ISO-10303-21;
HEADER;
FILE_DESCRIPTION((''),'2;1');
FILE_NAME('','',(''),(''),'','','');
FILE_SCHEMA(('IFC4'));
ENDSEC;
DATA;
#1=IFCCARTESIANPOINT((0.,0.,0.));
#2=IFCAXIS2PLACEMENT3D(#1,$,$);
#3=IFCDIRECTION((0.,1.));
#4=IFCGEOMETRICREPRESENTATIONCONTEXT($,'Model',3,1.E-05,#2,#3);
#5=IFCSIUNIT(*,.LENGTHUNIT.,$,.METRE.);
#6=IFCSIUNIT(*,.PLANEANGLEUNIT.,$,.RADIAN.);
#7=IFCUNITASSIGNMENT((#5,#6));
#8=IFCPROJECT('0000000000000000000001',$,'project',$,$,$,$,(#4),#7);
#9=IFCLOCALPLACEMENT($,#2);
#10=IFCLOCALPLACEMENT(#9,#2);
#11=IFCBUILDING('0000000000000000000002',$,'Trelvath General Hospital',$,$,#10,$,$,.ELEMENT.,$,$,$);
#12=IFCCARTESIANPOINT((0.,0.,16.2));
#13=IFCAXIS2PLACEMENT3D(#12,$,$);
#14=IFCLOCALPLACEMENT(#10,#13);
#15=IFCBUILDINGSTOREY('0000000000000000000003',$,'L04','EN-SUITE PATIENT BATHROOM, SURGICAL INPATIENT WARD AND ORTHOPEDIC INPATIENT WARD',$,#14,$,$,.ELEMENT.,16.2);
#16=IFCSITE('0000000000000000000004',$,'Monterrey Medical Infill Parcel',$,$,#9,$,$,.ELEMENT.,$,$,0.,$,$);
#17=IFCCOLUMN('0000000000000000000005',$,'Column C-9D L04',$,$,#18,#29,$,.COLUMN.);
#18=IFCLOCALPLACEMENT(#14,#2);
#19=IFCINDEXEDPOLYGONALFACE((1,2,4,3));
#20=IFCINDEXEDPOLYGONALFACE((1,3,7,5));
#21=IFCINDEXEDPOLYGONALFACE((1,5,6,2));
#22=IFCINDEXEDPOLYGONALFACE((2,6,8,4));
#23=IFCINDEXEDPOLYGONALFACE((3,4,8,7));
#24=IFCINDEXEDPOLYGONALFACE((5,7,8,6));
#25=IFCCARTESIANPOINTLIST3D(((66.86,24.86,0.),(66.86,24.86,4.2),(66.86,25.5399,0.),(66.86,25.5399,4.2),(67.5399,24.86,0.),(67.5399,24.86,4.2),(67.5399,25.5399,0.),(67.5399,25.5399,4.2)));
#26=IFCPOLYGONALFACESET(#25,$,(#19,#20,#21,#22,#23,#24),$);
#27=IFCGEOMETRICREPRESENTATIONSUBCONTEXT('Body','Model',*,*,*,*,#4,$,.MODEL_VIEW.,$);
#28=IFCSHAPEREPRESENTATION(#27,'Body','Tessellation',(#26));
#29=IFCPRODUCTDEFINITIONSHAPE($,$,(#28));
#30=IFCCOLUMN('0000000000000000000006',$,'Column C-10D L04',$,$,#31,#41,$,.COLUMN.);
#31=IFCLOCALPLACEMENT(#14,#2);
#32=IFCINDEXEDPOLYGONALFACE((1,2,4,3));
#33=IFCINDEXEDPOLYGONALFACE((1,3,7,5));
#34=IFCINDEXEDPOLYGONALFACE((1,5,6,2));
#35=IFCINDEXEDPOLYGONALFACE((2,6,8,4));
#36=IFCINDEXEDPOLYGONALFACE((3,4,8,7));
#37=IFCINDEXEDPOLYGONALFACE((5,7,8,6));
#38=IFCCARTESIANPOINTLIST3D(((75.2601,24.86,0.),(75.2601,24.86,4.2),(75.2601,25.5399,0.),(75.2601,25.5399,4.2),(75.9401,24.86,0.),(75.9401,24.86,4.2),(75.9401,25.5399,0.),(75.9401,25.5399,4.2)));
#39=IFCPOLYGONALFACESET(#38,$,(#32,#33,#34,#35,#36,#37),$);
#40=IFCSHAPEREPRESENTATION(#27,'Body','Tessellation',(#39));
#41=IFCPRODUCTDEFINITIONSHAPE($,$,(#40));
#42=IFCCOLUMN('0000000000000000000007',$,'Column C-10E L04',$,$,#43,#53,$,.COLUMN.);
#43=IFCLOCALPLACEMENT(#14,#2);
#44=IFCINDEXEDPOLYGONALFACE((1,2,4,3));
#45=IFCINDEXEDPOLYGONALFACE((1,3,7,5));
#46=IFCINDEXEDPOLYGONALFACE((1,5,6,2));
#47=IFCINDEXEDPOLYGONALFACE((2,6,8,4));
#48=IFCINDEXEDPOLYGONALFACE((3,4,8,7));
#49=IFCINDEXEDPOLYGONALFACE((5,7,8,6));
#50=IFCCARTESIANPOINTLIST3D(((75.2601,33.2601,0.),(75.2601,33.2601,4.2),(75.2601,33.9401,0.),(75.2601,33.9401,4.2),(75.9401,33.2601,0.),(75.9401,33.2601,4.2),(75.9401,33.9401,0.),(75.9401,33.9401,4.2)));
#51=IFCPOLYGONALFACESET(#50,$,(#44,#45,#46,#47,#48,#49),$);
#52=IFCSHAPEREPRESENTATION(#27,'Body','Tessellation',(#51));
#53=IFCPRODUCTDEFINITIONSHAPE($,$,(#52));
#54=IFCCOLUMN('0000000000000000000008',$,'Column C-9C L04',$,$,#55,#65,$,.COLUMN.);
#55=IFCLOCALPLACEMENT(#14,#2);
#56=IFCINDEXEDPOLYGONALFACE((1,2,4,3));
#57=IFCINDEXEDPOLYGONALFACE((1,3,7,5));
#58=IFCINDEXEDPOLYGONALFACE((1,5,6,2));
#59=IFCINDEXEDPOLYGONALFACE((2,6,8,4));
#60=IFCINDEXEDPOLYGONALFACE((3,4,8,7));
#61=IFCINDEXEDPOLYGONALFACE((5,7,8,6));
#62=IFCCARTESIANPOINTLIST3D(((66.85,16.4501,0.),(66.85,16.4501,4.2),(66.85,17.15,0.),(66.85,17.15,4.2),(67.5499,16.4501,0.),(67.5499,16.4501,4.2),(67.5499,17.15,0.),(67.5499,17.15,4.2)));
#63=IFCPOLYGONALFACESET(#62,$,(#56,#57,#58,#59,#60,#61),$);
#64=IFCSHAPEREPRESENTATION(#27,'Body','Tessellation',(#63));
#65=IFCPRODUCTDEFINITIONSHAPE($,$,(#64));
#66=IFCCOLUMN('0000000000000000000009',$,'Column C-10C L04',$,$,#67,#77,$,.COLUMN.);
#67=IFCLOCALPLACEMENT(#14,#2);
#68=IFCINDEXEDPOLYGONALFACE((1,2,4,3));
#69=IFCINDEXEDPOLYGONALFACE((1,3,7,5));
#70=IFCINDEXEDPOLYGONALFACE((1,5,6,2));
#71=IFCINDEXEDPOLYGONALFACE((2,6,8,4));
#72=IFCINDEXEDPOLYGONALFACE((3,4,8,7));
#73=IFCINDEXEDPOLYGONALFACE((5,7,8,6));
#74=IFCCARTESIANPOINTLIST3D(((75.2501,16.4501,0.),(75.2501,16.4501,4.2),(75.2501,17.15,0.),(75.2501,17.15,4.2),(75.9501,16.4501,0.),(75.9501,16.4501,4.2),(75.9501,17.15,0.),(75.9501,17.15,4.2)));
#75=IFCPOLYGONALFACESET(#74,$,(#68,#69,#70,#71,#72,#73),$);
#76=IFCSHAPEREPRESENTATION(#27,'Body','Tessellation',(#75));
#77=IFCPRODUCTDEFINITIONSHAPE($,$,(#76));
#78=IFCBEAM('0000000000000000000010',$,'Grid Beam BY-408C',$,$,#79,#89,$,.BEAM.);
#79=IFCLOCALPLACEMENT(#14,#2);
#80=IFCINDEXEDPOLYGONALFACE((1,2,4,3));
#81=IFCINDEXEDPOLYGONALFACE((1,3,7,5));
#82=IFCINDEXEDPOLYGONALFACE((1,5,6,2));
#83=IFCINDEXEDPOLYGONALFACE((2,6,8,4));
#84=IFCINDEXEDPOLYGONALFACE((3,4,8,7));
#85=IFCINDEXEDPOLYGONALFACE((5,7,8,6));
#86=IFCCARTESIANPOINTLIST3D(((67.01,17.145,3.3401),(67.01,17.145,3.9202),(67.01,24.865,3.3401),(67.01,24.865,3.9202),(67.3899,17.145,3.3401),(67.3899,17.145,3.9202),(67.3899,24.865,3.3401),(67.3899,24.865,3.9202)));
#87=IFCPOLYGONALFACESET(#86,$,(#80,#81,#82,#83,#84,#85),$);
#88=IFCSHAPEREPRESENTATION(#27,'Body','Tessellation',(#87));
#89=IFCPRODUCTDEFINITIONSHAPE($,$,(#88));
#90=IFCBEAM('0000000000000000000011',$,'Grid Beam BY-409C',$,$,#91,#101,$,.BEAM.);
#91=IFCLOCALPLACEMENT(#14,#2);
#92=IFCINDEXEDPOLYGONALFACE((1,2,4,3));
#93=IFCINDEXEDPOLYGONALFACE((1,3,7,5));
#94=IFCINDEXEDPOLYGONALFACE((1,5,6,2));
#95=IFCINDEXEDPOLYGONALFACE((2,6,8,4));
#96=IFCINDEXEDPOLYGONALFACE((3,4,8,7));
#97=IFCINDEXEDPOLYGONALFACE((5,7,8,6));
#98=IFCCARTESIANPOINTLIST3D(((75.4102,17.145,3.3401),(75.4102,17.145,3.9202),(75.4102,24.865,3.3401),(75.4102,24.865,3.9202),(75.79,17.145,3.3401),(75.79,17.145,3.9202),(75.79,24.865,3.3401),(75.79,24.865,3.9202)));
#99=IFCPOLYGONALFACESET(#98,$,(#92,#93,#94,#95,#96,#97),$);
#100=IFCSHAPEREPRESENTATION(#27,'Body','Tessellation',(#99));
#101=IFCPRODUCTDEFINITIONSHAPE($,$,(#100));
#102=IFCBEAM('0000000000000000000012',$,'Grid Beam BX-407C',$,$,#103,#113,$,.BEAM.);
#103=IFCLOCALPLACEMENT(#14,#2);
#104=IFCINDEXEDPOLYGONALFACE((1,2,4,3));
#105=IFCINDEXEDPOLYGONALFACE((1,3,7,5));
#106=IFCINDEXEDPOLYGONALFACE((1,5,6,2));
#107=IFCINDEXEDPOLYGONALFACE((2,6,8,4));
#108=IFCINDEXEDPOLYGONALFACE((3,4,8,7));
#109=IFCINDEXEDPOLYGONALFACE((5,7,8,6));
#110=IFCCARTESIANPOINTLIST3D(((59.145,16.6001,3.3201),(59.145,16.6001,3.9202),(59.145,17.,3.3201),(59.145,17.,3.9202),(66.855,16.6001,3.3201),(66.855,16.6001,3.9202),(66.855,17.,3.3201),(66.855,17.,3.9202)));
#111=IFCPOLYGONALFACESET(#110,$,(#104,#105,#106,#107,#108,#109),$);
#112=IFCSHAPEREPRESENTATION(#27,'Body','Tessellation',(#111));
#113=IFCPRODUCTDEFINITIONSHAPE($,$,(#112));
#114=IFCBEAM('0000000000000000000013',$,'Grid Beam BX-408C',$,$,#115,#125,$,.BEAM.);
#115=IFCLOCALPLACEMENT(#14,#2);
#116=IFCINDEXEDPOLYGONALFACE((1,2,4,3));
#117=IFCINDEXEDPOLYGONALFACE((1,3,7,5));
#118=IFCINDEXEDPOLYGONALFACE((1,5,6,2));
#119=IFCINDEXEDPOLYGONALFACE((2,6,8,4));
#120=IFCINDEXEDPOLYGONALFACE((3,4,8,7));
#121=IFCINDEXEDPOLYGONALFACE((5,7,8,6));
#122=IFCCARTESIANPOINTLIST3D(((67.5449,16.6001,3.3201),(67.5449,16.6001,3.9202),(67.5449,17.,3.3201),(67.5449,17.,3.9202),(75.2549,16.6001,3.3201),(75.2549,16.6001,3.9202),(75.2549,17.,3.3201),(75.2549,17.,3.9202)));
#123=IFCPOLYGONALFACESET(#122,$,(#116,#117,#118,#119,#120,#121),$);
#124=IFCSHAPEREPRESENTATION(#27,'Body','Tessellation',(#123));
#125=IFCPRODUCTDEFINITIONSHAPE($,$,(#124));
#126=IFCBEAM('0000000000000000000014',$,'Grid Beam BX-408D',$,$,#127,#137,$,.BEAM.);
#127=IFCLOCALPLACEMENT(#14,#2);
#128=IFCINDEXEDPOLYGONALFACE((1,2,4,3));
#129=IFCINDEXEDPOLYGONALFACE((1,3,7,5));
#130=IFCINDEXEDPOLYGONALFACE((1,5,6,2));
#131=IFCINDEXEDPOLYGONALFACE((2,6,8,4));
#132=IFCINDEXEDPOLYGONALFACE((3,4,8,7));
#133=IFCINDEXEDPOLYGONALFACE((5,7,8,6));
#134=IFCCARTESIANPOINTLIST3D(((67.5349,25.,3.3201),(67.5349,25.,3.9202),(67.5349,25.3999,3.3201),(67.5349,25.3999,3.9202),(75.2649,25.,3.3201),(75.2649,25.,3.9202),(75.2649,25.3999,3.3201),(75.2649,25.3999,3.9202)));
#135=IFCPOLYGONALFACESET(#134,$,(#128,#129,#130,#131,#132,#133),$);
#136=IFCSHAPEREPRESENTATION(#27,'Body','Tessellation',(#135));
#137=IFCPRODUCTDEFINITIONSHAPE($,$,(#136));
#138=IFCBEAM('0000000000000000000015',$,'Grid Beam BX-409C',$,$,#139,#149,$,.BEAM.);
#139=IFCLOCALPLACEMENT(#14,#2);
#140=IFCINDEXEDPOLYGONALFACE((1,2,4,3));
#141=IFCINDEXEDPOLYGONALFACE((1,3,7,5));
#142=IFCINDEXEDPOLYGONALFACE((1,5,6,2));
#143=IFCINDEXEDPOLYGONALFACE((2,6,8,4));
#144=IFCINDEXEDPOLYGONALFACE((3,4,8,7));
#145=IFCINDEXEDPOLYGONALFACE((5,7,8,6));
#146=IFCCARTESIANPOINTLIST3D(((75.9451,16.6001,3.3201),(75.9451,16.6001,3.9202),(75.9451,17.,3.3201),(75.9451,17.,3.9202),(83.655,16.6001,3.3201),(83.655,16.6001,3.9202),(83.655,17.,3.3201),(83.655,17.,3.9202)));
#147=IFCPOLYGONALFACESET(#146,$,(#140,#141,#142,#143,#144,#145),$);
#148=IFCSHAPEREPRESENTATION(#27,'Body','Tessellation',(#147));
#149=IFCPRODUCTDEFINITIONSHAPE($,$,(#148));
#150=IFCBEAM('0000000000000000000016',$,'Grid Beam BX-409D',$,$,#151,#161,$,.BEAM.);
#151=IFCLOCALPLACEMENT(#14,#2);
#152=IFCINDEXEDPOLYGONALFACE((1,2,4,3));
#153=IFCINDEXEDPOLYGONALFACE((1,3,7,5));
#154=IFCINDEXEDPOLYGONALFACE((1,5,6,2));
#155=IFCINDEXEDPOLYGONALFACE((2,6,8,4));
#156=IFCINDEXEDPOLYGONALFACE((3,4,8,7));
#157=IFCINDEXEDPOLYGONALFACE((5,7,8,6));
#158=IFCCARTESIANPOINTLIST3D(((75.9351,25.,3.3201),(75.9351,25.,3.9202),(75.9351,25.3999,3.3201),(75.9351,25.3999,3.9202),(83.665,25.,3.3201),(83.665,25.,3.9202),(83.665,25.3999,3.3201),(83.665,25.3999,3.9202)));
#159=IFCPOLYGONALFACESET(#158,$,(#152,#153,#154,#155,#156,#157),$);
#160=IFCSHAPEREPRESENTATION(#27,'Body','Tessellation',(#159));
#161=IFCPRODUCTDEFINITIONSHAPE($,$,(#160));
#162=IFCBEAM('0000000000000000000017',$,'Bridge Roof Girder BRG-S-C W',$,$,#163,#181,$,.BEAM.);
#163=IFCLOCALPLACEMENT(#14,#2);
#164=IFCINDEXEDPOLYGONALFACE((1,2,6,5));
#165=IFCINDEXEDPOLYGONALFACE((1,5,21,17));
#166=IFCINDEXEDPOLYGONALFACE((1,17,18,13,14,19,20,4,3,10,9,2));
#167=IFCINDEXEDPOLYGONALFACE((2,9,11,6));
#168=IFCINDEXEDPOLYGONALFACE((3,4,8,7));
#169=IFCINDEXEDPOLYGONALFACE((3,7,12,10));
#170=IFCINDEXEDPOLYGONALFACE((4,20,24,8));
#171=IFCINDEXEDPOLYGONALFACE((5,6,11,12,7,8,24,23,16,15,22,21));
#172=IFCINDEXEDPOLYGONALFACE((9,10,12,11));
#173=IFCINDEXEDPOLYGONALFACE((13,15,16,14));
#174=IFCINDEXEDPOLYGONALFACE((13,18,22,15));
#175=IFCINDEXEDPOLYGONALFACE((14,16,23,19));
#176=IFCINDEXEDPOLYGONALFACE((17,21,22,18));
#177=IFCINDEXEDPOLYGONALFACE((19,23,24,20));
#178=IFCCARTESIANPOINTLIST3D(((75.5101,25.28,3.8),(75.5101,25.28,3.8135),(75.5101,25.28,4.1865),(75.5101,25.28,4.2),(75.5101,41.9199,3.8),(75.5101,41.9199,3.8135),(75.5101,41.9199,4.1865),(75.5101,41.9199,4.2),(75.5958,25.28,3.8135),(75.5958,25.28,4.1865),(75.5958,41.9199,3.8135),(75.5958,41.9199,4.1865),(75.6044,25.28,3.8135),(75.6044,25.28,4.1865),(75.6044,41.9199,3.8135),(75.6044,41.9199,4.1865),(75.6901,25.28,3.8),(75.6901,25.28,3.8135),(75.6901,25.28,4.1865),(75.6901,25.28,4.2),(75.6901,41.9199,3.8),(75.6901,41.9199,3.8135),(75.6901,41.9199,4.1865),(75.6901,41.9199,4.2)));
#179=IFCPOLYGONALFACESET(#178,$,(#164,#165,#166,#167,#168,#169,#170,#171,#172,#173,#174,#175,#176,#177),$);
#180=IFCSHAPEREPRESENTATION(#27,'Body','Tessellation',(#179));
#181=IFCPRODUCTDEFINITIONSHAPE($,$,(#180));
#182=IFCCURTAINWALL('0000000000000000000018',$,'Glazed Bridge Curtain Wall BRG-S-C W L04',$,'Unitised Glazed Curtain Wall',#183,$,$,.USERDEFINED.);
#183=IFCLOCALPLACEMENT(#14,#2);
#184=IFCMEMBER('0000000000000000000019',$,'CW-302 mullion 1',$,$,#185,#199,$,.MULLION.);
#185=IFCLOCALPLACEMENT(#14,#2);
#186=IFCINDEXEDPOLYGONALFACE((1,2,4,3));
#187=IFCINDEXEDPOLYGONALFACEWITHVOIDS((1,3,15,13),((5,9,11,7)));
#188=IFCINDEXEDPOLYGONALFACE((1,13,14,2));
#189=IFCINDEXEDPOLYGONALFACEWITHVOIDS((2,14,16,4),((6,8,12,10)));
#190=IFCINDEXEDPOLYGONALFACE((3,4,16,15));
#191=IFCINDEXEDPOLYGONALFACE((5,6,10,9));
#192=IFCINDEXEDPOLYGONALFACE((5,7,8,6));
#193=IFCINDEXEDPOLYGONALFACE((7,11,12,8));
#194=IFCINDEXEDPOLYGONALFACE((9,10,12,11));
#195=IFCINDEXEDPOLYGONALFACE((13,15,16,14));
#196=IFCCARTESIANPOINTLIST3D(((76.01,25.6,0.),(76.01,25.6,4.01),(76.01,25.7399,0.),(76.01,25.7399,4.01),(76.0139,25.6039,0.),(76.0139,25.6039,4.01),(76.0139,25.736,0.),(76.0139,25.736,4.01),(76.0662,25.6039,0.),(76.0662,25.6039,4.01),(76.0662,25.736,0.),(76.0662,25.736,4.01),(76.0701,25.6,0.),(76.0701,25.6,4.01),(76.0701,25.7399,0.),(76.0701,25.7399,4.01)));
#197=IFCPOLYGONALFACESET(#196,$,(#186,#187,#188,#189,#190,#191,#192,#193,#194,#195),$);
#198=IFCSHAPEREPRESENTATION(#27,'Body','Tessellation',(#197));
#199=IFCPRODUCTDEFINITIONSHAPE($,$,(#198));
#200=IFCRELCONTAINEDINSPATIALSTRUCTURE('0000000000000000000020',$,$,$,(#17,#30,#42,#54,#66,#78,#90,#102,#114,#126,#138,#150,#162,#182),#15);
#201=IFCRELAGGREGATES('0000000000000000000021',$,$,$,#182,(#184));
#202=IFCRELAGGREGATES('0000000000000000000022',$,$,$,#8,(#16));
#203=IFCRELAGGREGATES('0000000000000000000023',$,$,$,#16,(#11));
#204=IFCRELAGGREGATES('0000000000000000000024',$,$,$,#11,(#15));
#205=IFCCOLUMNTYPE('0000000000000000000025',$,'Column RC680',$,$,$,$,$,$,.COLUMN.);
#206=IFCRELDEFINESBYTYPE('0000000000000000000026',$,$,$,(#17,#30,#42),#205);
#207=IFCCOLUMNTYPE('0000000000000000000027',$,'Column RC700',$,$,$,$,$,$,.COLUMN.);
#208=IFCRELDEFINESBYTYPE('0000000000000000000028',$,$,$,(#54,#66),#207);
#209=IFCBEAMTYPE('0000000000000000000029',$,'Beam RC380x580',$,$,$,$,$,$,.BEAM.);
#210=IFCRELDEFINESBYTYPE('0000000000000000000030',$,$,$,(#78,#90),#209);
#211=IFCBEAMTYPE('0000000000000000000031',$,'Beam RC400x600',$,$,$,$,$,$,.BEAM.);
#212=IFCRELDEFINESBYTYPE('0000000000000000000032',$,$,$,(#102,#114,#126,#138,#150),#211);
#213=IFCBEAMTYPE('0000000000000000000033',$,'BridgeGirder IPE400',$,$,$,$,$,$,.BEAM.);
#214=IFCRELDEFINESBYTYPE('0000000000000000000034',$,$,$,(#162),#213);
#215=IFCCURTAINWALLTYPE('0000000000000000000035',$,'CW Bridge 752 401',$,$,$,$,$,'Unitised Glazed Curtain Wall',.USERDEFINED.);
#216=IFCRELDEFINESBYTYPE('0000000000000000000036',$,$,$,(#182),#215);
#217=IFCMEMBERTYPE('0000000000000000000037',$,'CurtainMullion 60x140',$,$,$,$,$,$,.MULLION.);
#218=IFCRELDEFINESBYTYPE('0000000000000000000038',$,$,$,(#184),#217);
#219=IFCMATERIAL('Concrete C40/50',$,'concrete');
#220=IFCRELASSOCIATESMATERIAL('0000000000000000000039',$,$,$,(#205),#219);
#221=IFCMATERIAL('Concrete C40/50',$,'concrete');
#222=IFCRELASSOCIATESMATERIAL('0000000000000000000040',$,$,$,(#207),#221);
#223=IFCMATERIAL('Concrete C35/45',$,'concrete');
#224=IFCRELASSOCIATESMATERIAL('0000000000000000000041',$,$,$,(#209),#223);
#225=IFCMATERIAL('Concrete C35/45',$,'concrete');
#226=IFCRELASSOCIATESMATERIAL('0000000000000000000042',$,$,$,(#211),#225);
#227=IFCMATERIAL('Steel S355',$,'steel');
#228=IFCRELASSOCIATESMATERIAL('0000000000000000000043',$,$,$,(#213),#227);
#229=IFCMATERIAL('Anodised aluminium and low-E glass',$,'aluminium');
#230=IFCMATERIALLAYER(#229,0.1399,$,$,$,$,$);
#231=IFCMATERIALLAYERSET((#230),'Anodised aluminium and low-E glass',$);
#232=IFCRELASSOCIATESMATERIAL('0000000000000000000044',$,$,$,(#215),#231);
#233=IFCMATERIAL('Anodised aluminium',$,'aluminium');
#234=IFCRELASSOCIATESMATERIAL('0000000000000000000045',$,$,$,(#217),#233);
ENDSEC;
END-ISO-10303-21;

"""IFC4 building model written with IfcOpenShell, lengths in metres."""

from ifc_helpers import new_model, si_unit, direction, frame, origin, origin_2d, place, context, subcontext, project, spatial, rectangle, hollow_rectangle, i_section, extrude, material, layer, layer_set, material_profile, profile_set, type_object, element, aggregate, save


model = new_model("IFC4")

# Units and contexts
model_context = context("Model", 3, precision=1e-05, world=origin(), true_north=direction((0.0, 1.0)))
body_context = subcontext(model_context, "Body", "Model", "MODEL_VIEW")
ifc_project = project(units=[si_unit("LENGTHUNIT", "METRE"), si_unit("PLANEANGLEUNIT", "RADIAN")], contexts=[model_context])

# Site, building, storey
site_placement = place(None, origin())
site = spatial("IfcSite", under=ifc_project, at=site_placement, Name="Monterrey Medical Infill Parcel", CompositionType="ELEMENT", RefElevation=0.0)
building_placement = place(site_placement, origin())
building = spatial("IfcBuilding", under=site, at=building_placement, Name="Trelvath General Hospital", CompositionType="ELEMENT")
storey_placement = place(building_placement, frame((0.0, 0.0, 16.2)))
storey = spatial("IfcBuildingStorey", under=building, at=storey_placement, Name="L04", Description="EN-SUITE PATIENT BATHROOM, SURGICAL INPATIENT WARD AND ORTHOPEDIC INPATIENT WARD", CompositionType="ELEMENT", Elevation=16.2)

# Columns
ifc_material_1 = material(Name="Concrete C40/50", Category="concrete")
ifc_material_profile_1 = material_profile(ifc_material_1, rectangle(XDim=0.6799, YDim=0.6799, at=origin_2d()), Name="RC680x680")
ifc_profile_set_1 = profile_set([ifc_material_profile_1], Name="Concrete C40/50")
column_type_1 = type_object("IfcColumnType", Name="Column RC680", PredefinedType="COLUMN", material=ifc_profile_set_1)
for number, where, z_axis, x_axis, name in (
    (1, (67.2, 25.2, 0.0), (0.0, 0.0, 1.0), (1.0, 0.0, 0.0), "Column C-9D L04"),
    (2, (75.6001, 25.2, 0.0), (0.0, 0.0, 1.0), (1.0, 0.0, 0.0), "Column C-10D L04"),
    (3, (75.6001, 33.6001, 0.0), (0.0, 0.0, 1.0), (1.0, 0.0, 0.0), "Column C-10E L04"),
):
    element("IfcColumn", number, at=place(storey_placement, frame(where, z_axis=z_axis, x_axis=x_axis)), inside=storey, type_object=column_type_1, Name=name, PredefinedType="COLUMN", context=body_context, shape_type="SweptSolid", body=[
        extrude(rectangle(XDim=0.6799, YDim=0.6799, at=origin_2d()), origin(), (0.0, 0.0, 1.0), 4.2),
    ])
ifc_material_2 = material(Name="Concrete C40/50", Category="concrete")
ifc_material_profile_2 = material_profile(ifc_material_2, rectangle(XDim=0.7, YDim=0.7, at=origin_2d()), Name="RC700x700")
ifc_profile_set_2 = profile_set([ifc_material_profile_2], Name="Concrete C40/50")
column_type_2 = type_object("IfcColumnType", Name="Column RC700", PredefinedType="COLUMN", material=ifc_profile_set_2)
for number, where, z_axis, x_axis, name in (
    (4, (67.2, 16.8, 0.0), (0.0, 0.0, 1.0), (1.0, 0.0, 0.0), "Column C-9C L04"),
    (5, (75.6001, 16.8, 0.0), (0.0, 0.0, 1.0), (1.0, 0.0, 0.0), "Column C-10C L04"),
):
    element("IfcColumn", number, at=place(storey_placement, frame(where, z_axis=z_axis, x_axis=x_axis)), inside=storey, type_object=column_type_2, Name=name, PredefinedType="COLUMN", context=body_context, shape_type="SweptSolid", body=[
        extrude(rectangle(XDim=0.7, YDim=0.7, at=origin_2d()), origin(), (0.0, 0.0, 1.0), 4.2),
    ])

# Beams
ifc_material_3 = material(Name="Concrete C35/45", Category="concrete")
ifc_material_profile_3 = material_profile(ifc_material_3, rectangle(XDim=0.3799, YDim=0.5801, at=origin_2d()), Name="RCB380x580")
ifc_profile_set_3 = profile_set([ifc_material_profile_3], Name="Concrete C35/45")
beam_type_1 = type_object("IfcBeamType", Name="Beam RC380x580", PredefinedType="BEAM", material=ifc_profile_set_3)
for number, where, z_axis, x_axis, name in (
    (6, (67.2, 17.145, 3.6301), (0.0, 1.0, 0.0), (-1.0, 0.0, 0.0), "Grid Beam BY-408C"),
    (7, (75.6001, 17.145, 3.6301), (0.0, 1.0, 0.0), (-1.0, 0.0, 0.0), "Grid Beam BY-409C"),
):
    element("IfcBeam", number, at=place(storey_placement, frame(where, z_axis=z_axis, x_axis=x_axis)), inside=storey, type_object=beam_type_1, Name=name, PredefinedType="BEAM", context=body_context, shape_type="SweptSolid", body=[
        extrude(rectangle(XDim=0.3799, YDim=0.5801, at=origin_2d()), origin(), (0.0, 0.0, 1.0), 7.72),
    ])
ifc_material_4 = material(Name="Concrete C35/45", Category="concrete")
ifc_material_profile_4 = material_profile(ifc_material_4, rectangle(XDim=0.3999, YDim=0.6001, at=origin_2d()), Name="RCB400x600")
ifc_profile_set_4 = profile_set([ifc_material_profile_4], Name="Concrete C35/45")
beam_type_2 = type_object("IfcBeamType", Name="Beam RC400x600", PredefinedType="BEAM", material=ifc_profile_set_4)
for number, where, z_axis, x_axis, name in (
    (8, (59.145, 16.8, 3.6201), (1.0, 0.0, 0.0), (0.0, 1.0, 0.0), "Grid Beam BX-407C"),
    (9, (67.5449, 16.8, 3.6201), (1.0, 0.0, 0.0), (0.0, 1.0, 0.0), "Grid Beam BX-408C"),
):
    element("IfcBeam", number, at=place(storey_placement, frame(where, z_axis=z_axis, x_axis=x_axis)), inside=storey, type_object=beam_type_2, Name=name, PredefinedType="BEAM", context=body_context, shape_type="SweptSolid", body=[
        extrude(rectangle(XDim=0.3999, YDim=0.6001, at=origin_2d()), origin(), (0.0, 0.0, 1.0), 7.71),
    ])
beam_1_placement = place(storey_placement, frame((67.5349, 25.2, 3.6201), z_axis=(1.0, 0.0, 0.0), x_axis=(0.0, 1.0, 0.0)))
element("IfcBeam", 10, at=beam_1_placement, inside=storey, type_object=beam_type_2, Name="Grid Beam BX-408D", PredefinedType="BEAM", context=body_context, shape_type="SweptSolid", body=[
    extrude(rectangle(XDim=0.3999, YDim=0.6001, at=origin_2d()), origin(), (0.0, 0.0, 1.0), 7.73),
])
beam_2_placement = place(storey_placement, frame((75.9451, 16.8, 3.6201), z_axis=(1.0, 0.0, 0.0), x_axis=(0.0, 1.0, 0.0)))
element("IfcBeam", 11, at=beam_2_placement, inside=storey, type_object=beam_type_2, Name="Grid Beam BX-409C", PredefinedType="BEAM", context=body_context, shape_type="SweptSolid", body=[
    extrude(rectangle(XDim=0.3999, YDim=0.6001, at=origin_2d()), origin(), (0.0, 0.0, 1.0), 7.71),
])
beam_3_placement = place(storey_placement, frame((75.9351, 25.2, 3.6201), z_axis=(1.0, 0.0, 0.0), x_axis=(0.0, 1.0, 0.0)))
element("IfcBeam", 12, at=beam_3_placement, inside=storey, type_object=beam_type_2, Name="Grid Beam BX-409D", PredefinedType="BEAM", context=body_context, shape_type="SweptSolid", body=[
    extrude(rectangle(XDim=0.3999, YDim=0.6001, at=origin_2d()), origin(), (0.0, 0.0, 1.0), 7.73),
])
ifc_material_5 = material(Name="Steel S355", Category="steel")
ifc_material_profile_5 = material_profile(ifc_material_5, i_section(OverallWidth=0.1799, OverallDepth=0.3999, WebThickness=0.0085, FlangeThickness=0.0134, at=origin_2d()), Name="IPE400")
ifc_profile_set_5 = profile_set([ifc_material_profile_5], Name="Steel S355")
beam_type_3 = type_object("IfcBeamType", Name="BridgeGirder IPE400", PredefinedType="BEAM", material=ifc_profile_set_5)
beam_4_placement = place(storey_placement, frame((75.6001, 25.28, 4.0), z_axis=(0.0, 1.0, 0.0), x_axis=(-1.0, 0.0, 0.0)))
element("IfcBeam", 13, at=beam_4_placement, inside=storey, type_object=beam_type_3, Name="Bridge Roof Girder BRG-S-C W", PredefinedType="BEAM", context=body_context, shape_type="SweptSolid", body=[
    extrude(i_section(OverallWidth=0.1799, OverallDepth=0.3999, WebThickness=0.0085, FlangeThickness=0.0134, at=origin_2d()), origin(), (0.0, 0.0, 1.0), 16.6399),
])

# Curtain wall, member
ifc_material_6 = material(Name="Anodised aluminium and low-E glass", Category="aluminium")
ifc_layer_1 = layer(ifc_material_6, 0.1399)
ifc_layer_set_1 = layer_set([ifc_layer_1], Name="Anodised aluminium and low-E glass")
curtain_wall_type = type_object("IfcCurtainWallType", Name="CW Bridge 752 401", ElementType="Unitised Glazed Curtain Wall", PredefinedType="USERDEFINED", material=ifc_layer_set_1)
curtain_wall_placement = place(storey_placement, origin())
curtain_wall = element("IfcCurtainWall", 14, at=curtain_wall_placement, inside=storey, type_object=curtain_wall_type, Name="Glazed Bridge Curtain Wall BRG-S-C W L04", ObjectType="Unitised Glazed Curtain Wall", PredefinedType="USERDEFINED")
ifc_material_7 = material(Name="Anodised aluminium", Category="aluminium")
ifc_material_profile_6 = material_profile(ifc_material_7, hollow_rectangle(XDim=0.0601, YDim=0.1399, WallThickness=0.0039, at=origin_2d()), Name="RHS60x140x4")
ifc_profile_set_6 = profile_set([ifc_material_profile_6], Name="Anodised aluminium")
member_type_1 = type_object("IfcMemberType", Name="CurtainMullion 60x140", PredefinedType="MULLION", material=ifc_profile_set_6)
member_1_placement = place(storey_placement, frame((76.04, 25.6699, 0.0), z_axis=(0.0, 0.0, 1.0), x_axis=(-1.0, 0.0, 0.0)))
member_1 = element("IfcMember", 15, at=member_1_placement, type_object=member_type_1, Name="CW-302 mullion 1", PredefinedType="MULLION", context=body_context, shape_type="SweptSolid", body=[
    extrude(hollow_rectangle(XDim=0.0601, YDim=0.1399, WallThickness=0.0039, at=origin_2d()), origin(), (0.0, 0.0, 1.0), 4.01),
])
aggregate(curtain_wall, [member_1])

save(model, "model.ifc")
